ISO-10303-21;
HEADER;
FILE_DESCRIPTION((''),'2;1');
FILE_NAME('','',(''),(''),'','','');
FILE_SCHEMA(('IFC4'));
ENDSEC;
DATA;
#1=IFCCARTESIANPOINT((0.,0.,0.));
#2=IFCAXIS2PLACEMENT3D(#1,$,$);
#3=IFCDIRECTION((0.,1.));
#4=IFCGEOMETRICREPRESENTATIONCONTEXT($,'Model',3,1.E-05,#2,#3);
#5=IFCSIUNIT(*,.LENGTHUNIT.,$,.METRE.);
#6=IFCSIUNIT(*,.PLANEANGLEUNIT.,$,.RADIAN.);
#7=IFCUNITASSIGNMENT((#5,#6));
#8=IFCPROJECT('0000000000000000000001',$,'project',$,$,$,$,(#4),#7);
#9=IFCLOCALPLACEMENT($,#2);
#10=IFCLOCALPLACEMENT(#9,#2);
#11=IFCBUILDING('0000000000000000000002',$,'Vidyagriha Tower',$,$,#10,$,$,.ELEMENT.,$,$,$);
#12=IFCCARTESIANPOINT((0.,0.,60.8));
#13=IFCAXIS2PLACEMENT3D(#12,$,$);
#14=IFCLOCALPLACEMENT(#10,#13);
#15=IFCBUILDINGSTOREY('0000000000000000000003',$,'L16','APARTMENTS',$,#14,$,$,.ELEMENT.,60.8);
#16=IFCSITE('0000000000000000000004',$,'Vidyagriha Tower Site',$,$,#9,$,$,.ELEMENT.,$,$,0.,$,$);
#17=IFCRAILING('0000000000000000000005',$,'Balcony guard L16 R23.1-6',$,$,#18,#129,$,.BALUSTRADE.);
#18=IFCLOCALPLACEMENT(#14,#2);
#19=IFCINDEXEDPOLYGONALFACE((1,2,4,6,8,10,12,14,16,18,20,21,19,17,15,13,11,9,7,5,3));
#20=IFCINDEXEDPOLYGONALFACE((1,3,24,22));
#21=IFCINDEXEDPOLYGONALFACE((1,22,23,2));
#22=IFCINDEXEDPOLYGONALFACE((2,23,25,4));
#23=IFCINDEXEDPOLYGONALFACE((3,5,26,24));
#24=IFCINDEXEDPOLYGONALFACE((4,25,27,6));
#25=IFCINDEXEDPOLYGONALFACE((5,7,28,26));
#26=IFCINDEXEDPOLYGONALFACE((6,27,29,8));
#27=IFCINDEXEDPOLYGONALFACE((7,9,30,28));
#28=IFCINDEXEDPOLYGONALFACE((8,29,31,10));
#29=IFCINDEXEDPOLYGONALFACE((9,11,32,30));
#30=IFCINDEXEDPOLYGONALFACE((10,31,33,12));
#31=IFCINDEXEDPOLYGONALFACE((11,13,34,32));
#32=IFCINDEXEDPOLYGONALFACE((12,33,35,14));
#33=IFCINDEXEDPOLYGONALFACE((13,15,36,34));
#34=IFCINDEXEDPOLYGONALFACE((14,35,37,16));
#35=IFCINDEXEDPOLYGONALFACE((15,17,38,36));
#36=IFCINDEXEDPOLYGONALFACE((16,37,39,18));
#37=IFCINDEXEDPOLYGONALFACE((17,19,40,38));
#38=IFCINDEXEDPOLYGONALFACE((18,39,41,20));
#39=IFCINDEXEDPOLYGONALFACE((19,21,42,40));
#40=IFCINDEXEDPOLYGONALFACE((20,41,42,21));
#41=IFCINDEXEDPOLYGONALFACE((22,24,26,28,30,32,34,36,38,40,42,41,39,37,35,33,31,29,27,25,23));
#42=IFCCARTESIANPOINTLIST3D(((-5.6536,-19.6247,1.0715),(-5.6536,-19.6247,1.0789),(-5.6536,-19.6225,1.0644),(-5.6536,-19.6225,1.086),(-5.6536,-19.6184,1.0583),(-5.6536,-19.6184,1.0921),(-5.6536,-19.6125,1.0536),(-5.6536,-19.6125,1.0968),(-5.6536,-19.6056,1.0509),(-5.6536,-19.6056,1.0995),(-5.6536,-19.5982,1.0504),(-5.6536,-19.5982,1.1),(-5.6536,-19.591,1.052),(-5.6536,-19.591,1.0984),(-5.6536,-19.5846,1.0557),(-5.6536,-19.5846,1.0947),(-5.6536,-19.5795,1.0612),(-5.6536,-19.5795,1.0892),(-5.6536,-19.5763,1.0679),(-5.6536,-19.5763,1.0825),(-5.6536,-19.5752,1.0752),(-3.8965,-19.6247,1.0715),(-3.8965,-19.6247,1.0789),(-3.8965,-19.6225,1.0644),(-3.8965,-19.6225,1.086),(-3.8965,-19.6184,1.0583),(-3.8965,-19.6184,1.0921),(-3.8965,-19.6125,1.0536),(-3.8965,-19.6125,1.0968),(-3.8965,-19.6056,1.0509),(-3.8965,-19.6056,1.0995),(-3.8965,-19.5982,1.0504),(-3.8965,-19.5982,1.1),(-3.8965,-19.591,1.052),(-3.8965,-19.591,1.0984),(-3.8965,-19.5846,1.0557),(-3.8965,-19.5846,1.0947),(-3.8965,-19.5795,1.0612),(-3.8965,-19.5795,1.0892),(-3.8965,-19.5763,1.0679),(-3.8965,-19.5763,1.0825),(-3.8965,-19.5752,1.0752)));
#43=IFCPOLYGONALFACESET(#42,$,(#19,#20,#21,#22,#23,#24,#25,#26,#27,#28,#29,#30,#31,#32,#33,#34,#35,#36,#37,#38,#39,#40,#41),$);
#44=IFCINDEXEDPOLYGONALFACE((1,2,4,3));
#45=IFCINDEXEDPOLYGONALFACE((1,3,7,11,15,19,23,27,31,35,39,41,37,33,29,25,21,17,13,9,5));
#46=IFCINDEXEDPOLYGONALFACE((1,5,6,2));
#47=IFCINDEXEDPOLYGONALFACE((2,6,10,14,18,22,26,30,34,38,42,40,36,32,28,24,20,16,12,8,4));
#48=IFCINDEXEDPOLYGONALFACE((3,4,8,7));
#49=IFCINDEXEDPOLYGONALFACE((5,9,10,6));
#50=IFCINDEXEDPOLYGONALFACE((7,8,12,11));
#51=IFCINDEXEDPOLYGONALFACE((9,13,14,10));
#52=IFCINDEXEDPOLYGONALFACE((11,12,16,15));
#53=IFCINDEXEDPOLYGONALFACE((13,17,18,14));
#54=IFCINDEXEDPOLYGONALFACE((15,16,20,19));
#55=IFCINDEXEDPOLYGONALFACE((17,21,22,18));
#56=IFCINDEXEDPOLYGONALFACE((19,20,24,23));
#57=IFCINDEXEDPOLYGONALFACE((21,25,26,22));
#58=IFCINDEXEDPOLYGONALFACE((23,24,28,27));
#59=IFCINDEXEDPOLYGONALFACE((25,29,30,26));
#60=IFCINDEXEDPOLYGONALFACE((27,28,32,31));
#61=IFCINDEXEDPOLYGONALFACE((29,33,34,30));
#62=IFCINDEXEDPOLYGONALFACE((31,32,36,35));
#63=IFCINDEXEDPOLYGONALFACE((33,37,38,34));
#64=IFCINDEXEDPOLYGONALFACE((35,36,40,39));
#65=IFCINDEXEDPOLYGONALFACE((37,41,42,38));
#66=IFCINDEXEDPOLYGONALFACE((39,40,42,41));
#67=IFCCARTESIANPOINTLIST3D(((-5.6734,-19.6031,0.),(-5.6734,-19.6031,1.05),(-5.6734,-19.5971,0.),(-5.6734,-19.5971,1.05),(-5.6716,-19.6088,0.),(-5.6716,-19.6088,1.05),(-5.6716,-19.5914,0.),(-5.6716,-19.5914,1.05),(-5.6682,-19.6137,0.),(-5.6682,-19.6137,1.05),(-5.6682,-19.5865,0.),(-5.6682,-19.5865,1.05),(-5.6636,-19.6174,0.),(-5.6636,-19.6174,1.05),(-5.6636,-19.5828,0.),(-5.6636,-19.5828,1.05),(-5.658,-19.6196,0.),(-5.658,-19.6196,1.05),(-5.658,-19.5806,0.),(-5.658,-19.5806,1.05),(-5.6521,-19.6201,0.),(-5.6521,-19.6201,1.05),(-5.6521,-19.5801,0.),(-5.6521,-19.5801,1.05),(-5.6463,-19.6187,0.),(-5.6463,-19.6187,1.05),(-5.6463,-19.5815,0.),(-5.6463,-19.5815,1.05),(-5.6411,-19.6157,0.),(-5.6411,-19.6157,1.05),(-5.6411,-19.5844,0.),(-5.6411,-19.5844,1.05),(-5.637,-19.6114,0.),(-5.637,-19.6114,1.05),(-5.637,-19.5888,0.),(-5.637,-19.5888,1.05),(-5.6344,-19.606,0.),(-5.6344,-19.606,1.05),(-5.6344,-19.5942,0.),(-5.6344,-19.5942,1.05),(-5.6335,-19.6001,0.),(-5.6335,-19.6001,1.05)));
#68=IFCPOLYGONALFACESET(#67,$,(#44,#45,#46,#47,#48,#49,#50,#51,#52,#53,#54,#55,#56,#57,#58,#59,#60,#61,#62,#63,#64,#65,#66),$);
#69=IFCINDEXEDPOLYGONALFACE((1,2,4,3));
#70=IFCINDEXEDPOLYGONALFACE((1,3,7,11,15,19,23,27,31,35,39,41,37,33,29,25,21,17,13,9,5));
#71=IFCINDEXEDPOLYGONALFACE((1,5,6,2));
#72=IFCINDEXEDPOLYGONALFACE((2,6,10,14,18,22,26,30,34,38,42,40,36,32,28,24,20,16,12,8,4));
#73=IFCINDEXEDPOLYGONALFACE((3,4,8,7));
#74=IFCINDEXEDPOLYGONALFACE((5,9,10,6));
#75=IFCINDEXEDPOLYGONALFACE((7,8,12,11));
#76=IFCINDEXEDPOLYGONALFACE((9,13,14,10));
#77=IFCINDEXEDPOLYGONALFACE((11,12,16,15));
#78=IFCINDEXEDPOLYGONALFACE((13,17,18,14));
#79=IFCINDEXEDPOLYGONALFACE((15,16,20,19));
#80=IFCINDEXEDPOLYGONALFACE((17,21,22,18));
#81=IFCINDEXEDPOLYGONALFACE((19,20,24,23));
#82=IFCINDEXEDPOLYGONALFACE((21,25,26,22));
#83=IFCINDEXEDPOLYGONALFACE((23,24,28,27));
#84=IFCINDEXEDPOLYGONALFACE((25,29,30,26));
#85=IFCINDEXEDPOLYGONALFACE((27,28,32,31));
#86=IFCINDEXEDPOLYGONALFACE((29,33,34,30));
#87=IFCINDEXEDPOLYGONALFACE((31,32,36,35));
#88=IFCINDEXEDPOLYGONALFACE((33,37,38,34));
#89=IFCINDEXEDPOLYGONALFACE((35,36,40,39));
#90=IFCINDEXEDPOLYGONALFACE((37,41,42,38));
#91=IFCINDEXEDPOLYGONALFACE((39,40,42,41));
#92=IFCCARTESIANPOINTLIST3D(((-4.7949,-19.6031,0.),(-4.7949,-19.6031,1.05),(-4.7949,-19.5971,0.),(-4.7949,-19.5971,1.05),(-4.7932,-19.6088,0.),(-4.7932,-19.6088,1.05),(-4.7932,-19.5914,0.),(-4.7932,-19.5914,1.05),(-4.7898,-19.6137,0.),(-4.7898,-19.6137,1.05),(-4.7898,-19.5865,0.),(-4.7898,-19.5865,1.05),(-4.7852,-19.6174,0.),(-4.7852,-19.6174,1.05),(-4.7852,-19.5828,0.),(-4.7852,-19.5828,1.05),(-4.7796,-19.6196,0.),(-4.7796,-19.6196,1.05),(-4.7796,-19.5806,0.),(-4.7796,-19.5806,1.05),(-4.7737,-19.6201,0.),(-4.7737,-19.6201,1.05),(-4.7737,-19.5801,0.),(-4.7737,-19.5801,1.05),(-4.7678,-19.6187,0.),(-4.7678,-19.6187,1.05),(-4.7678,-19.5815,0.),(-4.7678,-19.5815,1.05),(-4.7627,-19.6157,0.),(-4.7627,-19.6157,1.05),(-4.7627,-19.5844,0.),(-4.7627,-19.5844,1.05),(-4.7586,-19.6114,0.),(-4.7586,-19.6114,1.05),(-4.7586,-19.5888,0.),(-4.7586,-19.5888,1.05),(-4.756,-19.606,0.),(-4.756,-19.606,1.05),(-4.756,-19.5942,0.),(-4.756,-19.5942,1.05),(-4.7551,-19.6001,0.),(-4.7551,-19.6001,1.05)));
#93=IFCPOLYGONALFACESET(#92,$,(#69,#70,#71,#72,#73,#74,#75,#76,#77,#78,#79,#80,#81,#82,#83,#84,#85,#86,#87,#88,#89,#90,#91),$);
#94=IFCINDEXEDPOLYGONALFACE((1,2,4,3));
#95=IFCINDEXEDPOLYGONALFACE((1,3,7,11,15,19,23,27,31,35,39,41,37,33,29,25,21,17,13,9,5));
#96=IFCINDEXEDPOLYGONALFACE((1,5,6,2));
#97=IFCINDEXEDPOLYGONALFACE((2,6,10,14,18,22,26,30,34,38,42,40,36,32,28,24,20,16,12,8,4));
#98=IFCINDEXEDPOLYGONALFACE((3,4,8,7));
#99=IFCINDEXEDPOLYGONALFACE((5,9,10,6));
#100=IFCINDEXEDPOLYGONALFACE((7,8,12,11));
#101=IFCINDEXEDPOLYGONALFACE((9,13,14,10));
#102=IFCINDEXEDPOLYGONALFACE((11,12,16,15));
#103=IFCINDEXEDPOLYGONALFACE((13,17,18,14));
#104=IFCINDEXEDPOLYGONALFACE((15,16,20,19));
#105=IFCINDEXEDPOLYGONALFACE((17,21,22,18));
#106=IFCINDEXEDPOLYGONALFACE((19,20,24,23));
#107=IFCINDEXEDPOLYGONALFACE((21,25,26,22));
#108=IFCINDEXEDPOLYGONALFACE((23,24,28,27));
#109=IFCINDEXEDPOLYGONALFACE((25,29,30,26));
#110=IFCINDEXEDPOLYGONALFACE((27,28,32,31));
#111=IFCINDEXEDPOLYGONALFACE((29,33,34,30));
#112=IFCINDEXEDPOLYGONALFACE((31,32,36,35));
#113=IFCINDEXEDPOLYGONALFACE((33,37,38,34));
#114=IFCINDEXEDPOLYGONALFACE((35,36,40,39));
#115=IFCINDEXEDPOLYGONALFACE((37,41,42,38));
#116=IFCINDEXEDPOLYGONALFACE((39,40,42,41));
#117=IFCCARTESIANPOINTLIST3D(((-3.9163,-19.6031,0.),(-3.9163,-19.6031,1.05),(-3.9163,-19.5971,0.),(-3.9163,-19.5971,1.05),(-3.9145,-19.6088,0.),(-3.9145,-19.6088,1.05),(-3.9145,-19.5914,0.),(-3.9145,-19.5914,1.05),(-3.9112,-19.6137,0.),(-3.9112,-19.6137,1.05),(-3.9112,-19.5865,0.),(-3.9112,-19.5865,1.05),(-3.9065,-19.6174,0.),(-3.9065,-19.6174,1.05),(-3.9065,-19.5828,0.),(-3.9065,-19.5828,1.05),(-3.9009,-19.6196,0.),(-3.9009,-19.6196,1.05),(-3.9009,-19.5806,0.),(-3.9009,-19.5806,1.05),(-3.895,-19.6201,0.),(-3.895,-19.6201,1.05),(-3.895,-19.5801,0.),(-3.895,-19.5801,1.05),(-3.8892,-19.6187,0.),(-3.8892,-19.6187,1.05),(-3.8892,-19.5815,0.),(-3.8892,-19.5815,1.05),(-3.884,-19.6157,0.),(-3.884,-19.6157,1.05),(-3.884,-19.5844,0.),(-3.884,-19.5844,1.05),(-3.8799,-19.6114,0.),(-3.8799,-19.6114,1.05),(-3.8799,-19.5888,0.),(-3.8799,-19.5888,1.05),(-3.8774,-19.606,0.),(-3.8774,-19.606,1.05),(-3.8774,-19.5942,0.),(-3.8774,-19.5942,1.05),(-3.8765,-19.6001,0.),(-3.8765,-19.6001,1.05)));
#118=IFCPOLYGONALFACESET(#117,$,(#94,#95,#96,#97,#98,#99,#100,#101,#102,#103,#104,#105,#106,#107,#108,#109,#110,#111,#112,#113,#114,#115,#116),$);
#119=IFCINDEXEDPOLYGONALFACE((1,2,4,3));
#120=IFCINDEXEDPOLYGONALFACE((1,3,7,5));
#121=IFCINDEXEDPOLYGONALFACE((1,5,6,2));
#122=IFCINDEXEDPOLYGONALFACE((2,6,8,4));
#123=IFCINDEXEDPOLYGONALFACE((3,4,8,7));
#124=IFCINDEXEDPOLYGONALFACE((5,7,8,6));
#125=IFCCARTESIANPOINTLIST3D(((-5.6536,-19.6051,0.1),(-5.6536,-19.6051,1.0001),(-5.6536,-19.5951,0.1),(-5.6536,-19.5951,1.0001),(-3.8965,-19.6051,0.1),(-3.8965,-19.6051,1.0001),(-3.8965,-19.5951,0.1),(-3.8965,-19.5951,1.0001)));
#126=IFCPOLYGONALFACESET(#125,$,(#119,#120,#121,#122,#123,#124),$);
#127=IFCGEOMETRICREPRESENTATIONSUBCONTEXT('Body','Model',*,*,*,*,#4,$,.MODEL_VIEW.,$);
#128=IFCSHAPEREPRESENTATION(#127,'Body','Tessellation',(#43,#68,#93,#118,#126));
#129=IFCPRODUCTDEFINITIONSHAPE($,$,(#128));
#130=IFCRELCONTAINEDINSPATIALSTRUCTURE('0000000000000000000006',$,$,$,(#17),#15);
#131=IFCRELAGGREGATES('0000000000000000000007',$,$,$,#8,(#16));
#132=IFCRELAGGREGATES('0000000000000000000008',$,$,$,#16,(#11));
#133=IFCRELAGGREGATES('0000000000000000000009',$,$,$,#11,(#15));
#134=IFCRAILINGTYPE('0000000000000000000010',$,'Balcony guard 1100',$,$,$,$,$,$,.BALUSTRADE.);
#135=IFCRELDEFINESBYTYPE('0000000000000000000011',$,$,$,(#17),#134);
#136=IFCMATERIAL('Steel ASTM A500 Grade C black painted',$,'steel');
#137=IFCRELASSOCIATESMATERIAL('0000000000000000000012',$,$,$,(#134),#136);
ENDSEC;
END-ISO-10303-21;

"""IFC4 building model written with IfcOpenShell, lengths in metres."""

from ifc_helpers import new_model, si_unit, direction, frame, origin, origin_2d, place, context, subcontext, project, spatial, rectangle, circle, extrude, material, type_object, element, save


model = new_model("IFC4")

# Units and contexts
model_context = context("Model", 3, precision=1e-05, world=origin(), true_north=direction((0.0, 1.0)))
body_context = subcontext(model_context, "Body", "Model", "MODEL_VIEW")
ifc_project = project(units=[si_unit("LENGTHUNIT", "METRE"), si_unit("PLANEANGLEUNIT", "RADIAN")], contexts=[model_context])

# Site, building, storey
site_placement = place(None, origin())
site = spatial("IfcSite", under=ifc_project, at=site_placement, Name="Vidyagriha Tower Site", CompositionType="ELEMENT", RefElevation=0.0)
building_placement = place(site_placement, origin())
building = spatial("IfcBuilding", under=site, at=building_placement, Name="Vidyagriha Tower", CompositionType="ELEMENT")
storey_placement = place(building_placement, frame((0.0, 0.0, 60.8)))
storey = spatial("IfcBuildingStorey", under=building, at=storey_placement, Name="L16", Description="APARTMENTS", CompositionType="ELEMENT", Elevation=60.8)

# Railing
ifc_material_1 = material(Name="Steel ASTM A500 Grade C black painted", Category="steel")
railing_type = type_object("IfcRailingType", Name="Balcony guard 1100", PredefinedType="BALUSTRADE", material=ifc_material_1)
railing_1_placement = place(storey_placement, frame((-5.6536, -19.6001, 0.0)))
element("IfcRailing", 1, at=railing_1_placement, inside=storey, type_object=railing_type, Name="Balcony guard L16 R23.1-6", PredefinedType="BALUSTRADE", context=body_context, shape_type="SweptSolid", body=[
    extrude(circle(Radius=0.0249, at=origin_2d()), frame((0.0, 0.0, 1.0752), z_axis=(1.0, 0.0, 0.0), x_axis=(0.0, 1.0, 0.0)), (0.0, 0.0, 1.0), 1.7571),
    extrude(circle(Radius=0.02, at=origin_2d()), origin(), (0.0, 0.0, 1.0), 1.05),
    extrude(circle(Radius=0.02, at=origin_2d()), frame((0.8784, 0.0, 0.0)), (0.0, 0.0, 1.0), 1.05),
    extrude(circle(Radius=0.02, at=origin_2d()), frame((1.7571, 0.0, 0.0)), (0.0, 0.0, 1.0), 1.05),
    extrude(rectangle(XDim=0.01, YDim=0.9001, at=origin_2d()), frame((0.0, 0.0, 0.55), z_axis=(1.0, 0.0, 0.0), x_axis=(0.0, 1.0, 0.0)), (0.0, 0.0, 1.0), 1.7571),
])

save(model, "model.ifc")
